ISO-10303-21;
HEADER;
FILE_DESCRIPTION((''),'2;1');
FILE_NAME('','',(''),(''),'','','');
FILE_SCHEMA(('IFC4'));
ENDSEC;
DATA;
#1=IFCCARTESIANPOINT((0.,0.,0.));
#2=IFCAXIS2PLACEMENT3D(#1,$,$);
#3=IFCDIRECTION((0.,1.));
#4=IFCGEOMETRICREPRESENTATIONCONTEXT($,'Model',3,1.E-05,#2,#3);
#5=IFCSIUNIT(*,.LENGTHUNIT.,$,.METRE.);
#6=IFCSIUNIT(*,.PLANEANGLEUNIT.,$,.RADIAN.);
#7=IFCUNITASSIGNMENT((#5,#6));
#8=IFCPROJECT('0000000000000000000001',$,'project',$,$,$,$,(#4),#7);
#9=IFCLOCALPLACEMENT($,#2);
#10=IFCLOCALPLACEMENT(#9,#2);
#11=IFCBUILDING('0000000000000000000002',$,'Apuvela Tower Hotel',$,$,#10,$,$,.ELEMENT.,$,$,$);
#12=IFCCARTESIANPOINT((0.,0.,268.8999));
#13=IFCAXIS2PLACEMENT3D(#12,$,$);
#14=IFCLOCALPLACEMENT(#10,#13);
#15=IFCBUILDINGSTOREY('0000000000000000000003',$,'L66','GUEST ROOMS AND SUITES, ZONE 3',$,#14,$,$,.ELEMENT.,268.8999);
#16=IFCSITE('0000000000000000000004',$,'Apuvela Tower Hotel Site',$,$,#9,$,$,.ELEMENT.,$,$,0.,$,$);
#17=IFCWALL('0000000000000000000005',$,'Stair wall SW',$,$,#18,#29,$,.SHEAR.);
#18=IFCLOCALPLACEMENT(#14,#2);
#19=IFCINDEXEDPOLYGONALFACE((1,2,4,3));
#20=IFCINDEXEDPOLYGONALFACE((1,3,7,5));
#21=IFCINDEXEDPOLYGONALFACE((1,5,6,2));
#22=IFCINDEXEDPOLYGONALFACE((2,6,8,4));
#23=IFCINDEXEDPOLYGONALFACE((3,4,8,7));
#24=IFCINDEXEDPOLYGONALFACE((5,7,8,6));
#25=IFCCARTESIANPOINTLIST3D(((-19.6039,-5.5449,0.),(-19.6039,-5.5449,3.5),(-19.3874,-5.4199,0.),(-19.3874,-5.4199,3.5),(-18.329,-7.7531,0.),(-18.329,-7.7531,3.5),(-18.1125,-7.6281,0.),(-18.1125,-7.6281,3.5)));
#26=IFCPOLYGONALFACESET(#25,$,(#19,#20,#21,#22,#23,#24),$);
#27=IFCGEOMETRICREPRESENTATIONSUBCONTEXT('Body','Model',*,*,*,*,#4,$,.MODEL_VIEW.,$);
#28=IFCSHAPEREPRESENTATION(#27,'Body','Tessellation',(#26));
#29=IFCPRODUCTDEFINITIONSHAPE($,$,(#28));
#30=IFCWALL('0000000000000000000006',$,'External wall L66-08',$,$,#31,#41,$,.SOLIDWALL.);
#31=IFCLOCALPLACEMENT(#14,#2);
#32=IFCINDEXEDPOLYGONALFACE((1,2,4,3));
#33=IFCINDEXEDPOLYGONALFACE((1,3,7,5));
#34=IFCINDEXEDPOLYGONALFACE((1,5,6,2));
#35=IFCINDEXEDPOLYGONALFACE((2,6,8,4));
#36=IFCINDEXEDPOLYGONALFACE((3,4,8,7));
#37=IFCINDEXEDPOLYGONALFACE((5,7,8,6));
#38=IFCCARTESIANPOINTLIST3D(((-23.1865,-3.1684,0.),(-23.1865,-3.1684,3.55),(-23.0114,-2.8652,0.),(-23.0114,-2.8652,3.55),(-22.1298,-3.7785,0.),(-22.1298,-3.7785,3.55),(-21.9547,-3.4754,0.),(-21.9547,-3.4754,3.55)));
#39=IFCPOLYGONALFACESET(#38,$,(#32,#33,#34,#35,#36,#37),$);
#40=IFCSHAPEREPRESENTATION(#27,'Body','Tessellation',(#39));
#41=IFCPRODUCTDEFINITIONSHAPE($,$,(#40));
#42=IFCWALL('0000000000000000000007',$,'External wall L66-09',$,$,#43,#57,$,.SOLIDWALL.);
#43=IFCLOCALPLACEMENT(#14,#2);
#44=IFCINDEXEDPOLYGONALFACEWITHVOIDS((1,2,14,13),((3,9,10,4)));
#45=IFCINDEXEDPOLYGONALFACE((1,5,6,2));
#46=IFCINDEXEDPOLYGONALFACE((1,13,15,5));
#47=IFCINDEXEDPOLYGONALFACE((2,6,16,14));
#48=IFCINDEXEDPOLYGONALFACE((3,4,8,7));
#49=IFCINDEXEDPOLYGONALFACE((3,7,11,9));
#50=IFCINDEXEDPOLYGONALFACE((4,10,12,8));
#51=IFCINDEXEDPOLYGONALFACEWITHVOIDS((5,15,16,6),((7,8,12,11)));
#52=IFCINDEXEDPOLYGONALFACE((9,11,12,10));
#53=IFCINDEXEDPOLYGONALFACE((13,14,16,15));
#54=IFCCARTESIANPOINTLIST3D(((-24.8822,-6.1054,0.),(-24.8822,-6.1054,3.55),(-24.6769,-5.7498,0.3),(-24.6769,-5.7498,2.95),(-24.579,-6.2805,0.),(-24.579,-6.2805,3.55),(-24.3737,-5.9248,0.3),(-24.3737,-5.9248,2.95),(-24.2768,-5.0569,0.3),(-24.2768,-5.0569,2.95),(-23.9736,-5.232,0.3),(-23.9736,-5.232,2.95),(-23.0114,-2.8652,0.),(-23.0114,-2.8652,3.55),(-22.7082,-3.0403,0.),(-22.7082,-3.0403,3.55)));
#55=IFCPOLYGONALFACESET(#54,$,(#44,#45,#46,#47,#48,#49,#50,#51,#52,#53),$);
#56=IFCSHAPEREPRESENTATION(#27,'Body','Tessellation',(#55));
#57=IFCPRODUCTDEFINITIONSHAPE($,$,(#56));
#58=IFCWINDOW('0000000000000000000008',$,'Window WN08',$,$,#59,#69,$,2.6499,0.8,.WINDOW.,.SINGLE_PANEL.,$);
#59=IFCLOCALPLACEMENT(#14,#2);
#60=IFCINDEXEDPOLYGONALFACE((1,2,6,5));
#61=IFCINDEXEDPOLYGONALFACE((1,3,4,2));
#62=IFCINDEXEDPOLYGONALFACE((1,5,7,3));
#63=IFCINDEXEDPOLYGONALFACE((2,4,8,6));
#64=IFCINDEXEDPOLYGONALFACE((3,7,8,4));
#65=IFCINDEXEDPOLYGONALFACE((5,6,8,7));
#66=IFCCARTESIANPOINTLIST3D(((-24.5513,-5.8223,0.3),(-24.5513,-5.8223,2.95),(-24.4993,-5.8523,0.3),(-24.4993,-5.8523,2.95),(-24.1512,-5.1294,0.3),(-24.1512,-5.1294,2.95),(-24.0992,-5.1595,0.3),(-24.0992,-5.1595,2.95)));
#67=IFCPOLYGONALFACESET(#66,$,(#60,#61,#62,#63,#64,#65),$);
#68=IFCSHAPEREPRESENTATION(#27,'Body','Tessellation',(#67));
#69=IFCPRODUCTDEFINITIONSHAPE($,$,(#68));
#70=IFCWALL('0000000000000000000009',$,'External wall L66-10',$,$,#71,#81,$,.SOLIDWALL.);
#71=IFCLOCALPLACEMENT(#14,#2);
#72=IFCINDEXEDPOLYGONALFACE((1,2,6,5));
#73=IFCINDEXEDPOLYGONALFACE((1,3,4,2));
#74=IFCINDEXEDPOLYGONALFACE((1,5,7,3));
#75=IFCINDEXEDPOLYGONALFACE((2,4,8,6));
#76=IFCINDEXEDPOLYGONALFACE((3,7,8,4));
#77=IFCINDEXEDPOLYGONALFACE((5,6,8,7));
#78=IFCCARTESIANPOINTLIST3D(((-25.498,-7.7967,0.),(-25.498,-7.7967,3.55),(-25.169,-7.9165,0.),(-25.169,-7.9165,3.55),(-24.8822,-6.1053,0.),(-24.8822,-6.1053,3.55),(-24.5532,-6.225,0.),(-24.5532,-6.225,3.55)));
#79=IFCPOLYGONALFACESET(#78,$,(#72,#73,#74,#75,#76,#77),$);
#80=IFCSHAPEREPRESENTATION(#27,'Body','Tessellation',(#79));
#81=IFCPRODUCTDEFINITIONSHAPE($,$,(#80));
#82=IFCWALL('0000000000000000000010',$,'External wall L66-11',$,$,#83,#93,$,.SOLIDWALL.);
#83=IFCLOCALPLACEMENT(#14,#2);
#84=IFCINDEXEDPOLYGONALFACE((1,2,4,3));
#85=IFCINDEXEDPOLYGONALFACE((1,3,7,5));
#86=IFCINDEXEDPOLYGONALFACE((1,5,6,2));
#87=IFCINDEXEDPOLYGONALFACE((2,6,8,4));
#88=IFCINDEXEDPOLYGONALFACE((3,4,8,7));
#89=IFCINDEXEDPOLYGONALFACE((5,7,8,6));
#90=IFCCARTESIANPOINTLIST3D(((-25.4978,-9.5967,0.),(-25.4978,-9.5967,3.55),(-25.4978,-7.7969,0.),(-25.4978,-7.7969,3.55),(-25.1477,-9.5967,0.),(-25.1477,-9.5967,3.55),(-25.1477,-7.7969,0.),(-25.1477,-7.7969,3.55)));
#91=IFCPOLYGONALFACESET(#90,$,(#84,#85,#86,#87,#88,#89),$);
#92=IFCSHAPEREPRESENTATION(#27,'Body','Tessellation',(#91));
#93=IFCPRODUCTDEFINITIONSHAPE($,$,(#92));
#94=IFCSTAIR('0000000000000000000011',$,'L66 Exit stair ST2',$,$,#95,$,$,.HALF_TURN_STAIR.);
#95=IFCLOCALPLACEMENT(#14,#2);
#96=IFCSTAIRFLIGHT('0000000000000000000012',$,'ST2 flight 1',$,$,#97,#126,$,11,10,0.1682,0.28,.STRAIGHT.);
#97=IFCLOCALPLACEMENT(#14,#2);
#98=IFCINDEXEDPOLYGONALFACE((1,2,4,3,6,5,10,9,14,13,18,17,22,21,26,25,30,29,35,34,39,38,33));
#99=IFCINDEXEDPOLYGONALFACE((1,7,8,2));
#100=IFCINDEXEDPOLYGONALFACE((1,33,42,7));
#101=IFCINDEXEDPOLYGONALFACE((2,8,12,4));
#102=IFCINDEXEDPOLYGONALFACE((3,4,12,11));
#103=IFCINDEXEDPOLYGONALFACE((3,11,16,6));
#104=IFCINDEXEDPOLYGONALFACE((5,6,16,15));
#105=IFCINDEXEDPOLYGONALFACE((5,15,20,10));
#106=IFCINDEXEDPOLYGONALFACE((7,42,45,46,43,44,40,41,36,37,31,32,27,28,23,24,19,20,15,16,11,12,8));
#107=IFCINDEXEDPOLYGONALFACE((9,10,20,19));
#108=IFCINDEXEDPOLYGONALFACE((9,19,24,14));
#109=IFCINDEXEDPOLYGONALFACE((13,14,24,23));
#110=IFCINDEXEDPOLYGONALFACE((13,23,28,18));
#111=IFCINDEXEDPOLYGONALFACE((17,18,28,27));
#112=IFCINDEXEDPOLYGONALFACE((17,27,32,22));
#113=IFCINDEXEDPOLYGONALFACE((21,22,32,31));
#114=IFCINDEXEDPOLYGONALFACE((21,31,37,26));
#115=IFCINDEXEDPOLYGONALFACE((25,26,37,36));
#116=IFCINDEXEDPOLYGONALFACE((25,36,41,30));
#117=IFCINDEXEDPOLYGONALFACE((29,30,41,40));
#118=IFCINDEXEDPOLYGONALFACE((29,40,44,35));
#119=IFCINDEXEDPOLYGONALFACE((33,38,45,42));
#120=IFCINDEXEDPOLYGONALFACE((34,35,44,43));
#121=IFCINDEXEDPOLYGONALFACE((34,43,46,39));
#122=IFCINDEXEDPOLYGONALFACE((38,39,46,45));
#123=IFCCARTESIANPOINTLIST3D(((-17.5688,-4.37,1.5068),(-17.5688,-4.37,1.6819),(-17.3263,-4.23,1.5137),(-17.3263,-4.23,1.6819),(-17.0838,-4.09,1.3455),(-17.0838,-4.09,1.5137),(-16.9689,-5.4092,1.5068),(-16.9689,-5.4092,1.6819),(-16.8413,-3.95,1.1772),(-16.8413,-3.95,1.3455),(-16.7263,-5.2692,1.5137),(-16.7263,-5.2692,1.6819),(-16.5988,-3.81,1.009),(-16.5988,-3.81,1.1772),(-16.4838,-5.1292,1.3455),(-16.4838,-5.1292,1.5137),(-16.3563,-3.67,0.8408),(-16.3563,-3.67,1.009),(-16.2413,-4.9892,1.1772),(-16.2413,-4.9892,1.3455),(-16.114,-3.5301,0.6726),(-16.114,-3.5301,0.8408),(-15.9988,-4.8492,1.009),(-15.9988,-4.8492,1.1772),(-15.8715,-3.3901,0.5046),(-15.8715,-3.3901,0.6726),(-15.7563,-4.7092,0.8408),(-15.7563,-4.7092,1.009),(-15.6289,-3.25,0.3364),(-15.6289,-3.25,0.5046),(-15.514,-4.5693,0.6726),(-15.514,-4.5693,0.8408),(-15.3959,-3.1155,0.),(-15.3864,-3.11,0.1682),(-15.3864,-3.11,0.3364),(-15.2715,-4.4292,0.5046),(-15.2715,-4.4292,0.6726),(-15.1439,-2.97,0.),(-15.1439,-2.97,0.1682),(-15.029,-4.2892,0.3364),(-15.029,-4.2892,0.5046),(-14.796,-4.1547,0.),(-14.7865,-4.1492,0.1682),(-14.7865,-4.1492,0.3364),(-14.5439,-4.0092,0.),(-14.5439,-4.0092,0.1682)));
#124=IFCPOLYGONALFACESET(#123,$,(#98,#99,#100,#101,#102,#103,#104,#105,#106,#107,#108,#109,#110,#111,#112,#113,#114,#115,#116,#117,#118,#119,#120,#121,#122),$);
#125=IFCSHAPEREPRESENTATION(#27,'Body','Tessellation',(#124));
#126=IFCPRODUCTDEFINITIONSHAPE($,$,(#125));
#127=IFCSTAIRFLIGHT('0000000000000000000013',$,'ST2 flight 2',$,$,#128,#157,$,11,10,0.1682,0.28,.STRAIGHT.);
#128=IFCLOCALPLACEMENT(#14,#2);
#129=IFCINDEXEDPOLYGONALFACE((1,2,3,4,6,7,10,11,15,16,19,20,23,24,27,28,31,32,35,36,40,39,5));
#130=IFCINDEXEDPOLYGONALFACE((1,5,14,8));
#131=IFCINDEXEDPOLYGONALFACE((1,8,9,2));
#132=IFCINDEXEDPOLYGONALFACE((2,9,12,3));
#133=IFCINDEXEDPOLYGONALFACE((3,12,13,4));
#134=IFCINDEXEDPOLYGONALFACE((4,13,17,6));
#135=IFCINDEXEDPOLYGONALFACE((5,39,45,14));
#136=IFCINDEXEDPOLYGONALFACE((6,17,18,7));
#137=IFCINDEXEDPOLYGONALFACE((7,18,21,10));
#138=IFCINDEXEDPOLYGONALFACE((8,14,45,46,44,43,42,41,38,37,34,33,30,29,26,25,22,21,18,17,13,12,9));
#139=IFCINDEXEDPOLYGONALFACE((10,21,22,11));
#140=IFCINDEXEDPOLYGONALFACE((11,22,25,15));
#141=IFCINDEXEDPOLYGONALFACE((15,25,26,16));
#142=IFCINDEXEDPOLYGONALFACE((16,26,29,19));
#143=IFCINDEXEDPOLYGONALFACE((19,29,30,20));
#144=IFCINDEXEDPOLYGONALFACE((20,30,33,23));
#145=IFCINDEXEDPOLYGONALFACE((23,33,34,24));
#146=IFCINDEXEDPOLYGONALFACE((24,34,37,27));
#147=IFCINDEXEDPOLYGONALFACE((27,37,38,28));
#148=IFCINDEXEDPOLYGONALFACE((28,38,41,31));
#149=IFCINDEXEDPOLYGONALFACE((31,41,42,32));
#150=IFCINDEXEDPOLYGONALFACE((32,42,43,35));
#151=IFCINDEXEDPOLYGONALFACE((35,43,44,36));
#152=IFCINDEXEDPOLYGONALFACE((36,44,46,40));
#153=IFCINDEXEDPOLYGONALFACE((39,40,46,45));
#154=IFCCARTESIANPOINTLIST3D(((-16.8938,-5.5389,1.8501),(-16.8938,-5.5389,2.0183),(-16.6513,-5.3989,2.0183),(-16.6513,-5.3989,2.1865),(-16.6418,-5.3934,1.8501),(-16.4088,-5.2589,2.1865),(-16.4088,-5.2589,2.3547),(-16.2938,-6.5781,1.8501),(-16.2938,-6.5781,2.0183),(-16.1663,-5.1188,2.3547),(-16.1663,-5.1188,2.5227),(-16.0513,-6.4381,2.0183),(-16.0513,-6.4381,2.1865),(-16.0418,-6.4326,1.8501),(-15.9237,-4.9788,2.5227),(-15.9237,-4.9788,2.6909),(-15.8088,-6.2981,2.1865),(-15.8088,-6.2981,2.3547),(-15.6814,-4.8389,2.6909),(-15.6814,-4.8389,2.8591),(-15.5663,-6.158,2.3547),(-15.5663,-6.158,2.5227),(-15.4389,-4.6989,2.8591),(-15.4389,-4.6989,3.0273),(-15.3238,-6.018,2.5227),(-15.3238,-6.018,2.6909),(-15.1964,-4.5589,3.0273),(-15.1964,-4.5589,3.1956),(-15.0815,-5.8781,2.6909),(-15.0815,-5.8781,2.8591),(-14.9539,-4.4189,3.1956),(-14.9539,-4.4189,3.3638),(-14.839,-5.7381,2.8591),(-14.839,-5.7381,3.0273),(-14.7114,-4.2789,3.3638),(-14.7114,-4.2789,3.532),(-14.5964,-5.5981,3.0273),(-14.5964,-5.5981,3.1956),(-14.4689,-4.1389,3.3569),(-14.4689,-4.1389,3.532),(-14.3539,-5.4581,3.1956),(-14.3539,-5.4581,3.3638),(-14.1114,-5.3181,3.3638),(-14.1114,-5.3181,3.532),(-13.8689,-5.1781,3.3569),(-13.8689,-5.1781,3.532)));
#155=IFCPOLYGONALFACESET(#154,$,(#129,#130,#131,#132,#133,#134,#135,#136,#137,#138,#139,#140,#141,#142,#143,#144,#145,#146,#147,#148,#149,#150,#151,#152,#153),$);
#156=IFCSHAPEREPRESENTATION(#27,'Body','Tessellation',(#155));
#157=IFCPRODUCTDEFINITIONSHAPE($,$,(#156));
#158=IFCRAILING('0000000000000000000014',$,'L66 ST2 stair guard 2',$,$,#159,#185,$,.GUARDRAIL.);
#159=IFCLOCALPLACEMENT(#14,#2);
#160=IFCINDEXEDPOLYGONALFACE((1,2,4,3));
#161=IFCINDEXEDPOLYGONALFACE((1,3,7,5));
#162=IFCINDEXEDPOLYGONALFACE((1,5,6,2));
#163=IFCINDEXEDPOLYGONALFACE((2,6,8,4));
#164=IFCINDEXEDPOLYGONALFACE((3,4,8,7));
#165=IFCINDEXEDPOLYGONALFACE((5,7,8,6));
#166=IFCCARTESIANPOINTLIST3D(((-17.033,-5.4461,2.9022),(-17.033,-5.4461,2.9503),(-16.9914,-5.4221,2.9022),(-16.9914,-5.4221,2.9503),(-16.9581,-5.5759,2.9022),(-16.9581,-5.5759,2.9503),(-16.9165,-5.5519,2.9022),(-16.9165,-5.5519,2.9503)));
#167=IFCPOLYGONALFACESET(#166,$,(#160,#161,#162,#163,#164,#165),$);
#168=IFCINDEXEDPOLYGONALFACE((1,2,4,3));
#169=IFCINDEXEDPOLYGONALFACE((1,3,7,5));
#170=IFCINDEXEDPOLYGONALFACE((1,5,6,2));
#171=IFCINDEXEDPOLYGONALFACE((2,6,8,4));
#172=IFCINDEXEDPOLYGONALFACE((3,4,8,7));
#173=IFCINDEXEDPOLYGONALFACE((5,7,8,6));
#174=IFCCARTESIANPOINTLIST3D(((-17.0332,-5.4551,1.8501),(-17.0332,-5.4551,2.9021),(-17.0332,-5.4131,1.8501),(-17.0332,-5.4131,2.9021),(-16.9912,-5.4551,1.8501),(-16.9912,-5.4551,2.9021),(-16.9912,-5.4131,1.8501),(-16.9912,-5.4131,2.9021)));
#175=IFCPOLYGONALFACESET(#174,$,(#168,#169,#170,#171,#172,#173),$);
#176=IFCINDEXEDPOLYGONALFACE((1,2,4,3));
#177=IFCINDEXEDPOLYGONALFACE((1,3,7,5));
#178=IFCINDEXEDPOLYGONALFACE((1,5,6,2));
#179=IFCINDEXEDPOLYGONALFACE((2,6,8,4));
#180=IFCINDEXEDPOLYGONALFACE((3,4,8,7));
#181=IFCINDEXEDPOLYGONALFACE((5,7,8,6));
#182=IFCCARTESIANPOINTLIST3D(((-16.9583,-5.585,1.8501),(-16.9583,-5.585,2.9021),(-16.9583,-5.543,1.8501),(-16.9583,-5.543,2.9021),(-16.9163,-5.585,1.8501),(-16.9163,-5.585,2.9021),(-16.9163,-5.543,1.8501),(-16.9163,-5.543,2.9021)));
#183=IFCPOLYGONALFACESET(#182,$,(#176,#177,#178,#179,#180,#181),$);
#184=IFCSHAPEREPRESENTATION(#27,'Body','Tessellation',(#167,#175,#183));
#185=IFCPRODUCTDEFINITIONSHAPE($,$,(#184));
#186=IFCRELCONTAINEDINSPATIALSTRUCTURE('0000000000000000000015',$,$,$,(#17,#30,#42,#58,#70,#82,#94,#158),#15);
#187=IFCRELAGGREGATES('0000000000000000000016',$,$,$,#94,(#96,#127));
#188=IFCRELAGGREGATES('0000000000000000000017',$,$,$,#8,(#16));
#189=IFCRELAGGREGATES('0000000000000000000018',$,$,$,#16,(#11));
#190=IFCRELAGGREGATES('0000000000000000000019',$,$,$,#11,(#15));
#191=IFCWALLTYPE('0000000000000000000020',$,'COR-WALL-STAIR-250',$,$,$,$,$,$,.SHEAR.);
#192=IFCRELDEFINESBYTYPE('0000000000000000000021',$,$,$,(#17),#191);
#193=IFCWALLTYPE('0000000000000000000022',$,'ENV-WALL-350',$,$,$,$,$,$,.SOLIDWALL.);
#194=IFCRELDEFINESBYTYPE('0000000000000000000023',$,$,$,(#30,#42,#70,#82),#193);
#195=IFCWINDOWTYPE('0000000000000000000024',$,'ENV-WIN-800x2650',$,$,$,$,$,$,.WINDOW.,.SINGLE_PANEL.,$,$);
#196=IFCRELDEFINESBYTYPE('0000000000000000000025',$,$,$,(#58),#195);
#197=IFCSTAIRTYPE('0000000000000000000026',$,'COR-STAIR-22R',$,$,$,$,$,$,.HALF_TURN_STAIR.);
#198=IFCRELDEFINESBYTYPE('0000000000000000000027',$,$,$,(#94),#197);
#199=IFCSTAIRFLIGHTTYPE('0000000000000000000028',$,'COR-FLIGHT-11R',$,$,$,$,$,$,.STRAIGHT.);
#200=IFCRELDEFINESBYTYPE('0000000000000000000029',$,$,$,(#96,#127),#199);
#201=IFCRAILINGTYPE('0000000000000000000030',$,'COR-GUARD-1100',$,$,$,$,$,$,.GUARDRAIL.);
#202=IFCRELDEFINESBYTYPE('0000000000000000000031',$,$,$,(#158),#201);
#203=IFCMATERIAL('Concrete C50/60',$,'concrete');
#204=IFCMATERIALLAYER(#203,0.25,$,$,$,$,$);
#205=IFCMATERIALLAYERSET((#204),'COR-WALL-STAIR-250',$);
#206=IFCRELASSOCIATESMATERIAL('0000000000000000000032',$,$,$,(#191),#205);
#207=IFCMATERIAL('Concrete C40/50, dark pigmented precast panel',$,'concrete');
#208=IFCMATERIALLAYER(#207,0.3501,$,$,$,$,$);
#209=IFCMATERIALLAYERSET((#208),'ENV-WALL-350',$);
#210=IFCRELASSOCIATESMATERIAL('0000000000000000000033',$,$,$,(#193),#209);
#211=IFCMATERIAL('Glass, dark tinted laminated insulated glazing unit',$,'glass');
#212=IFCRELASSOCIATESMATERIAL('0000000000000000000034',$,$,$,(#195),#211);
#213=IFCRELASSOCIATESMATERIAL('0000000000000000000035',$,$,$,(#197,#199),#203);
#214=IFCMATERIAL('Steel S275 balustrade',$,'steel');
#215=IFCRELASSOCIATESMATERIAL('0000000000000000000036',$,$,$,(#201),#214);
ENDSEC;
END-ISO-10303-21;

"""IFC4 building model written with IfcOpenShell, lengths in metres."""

from ifc_helpers import new_model, si_unit, direction, frame, frame_2d, origin, origin_2d, place, context, subcontext, project, spatial, polyline, rectangle, outline, extrude, material, layer, layer_set, type_object, element, fill, aggregate, save


model = new_model("IFC4")

# Units and contexts
model_context = context("Model", 3, precision=1e-05, world=origin(), true_north=direction((0.0, 1.0)))
body_context = subcontext(model_context, "Body", "Model", "MODEL_VIEW")
ifc_project = project(units=[si_unit("LENGTHUNIT", "METRE"), si_unit("PLANEANGLEUNIT", "RADIAN")], contexts=[model_context])

# Site, building, storey
site_placement = place(None, origin())
site = spatial("IfcSite", under=ifc_project, at=site_placement, Name="Apuvela Tower Hotel Site", CompositionType="ELEMENT", RefElevation=0.0)
building_placement = place(site_placement, origin())
building = spatial("IfcBuilding", under=site, at=building_placement, Name="Apuvela Tower Hotel", CompositionType="ELEMENT")
storey_placement = place(building_placement, frame((0.0, 0.0, 268.8999)))
storey = spatial("IfcBuildingStorey", under=building, at=storey_placement, Name="L66", Description="GUEST ROOMS AND SUITES, ZONE 3", CompositionType="ELEMENT", Elevation=268.8999)

# Walls
ifc_material_1 = material(Name="Concrete C50/60", Category="concrete")
ifc_layer_1 = layer(ifc_material_1, 0.25)
ifc_layer_set_1 = layer_set([ifc_layer_1], Name="COR-WALL-STAIR-250")
wall_type_1 = type_object("IfcWallType", Name="COR-WALL-STAIR-250", PredefinedType="SHEAR", material=ifc_layer_set_1)
wall_1_placement = place(storey_placement, frame((-19.4956, -5.4824, 0.0), z_axis=(0.0, 0.0, 1.0), x_axis=(0.49999, -0.866031, 0.0)))
element("IfcWall", 1, at=wall_1_placement, inside=storey, type_object=wall_type_1, Name="Stair wall SW", PredefinedType="SHEAR", context=body_context, shape_type="SweptSolid", body=[
    extrude(rectangle(XDim=2.5498, YDim=0.25, at=frame_2d((1.2749, 0.0))), origin(), (0.0, 0.0, 1.0), 3.5),
])
ifc_material_2 = material(Name="Concrete C40/50, dark pigmented precast panel", Category="concrete")
ifc_layer_2 = layer(ifc_material_2, 0.3501)
ifc_layer_set_2 = layer_set([ifc_layer_2], Name="ENV-WALL-350")
wall_type_2 = type_object("IfcWallType", Name="ENV-WALL-350", PredefinedType="SOLIDWALL", material=ifc_layer_set_2)
wall_2_placement = place(storey_placement, frame((-22.0422, -3.627, 0.0), z_axis=(0.0, 0.0, 1.0), x_axis=(-0.866006, 0.500034, 0.0)))
element("IfcWall", 2, at=wall_2_placement, inside=storey, type_object=wall_type_2, Name="External wall L66-08", PredefinedType="SOLIDWALL", context=body_context, shape_type="SweptSolid", body=[
    extrude(rectangle(XDim=1.2202, YDim=0.3501, at=frame_2d((0.6101, 0.0))), origin(), (0.0, 0.0, 1.0), 3.55),
])

# Wall, opening, window
wall_3_placement = place(storey_placement, frame((-22.8599, -2.9529, 0.0), z_axis=(0.0, 0.0, 1.0), x_axis=(-0.50002, -0.866014, 0.0)))
wall_3 = element("IfcWall", 3, at=wall_3_placement, inside=storey, type_object=wall_type_2, Name="External wall L66-09", PredefinedType="SOLIDWALL", context=body_context, shape_type="SweptSolid", body=[
    extrude(rectangle(XDim=3.7415, YDim=0.3501, at=frame_2d((1.8706, 0.0))), origin(), (0.0, 0.0, 1.0), 3.55),
])
opening_1_placement = place(wall_3_placement, frame((2.5308, 0.0, 0.3)))
opening_1 = element("IfcOpeningElement", 4, at=opening_1_placement, cuts=wall_3, PredefinedType="OPENING", context=body_context, shape_type="SweptSolid", body=[
    extrude(rectangle(XDim=0.8, YDim=2.6499, at=frame_2d((0.3999, 1.325))), frame((0.0, 0.1851, 0.0), z_axis=(0.0, -1.0, 0.0), x_axis=(1.0, 0.0, 0.0)), (0.0, 0.0, 1.0), 0.3701),
])
ifc_material_3 = material(Name="Glass, dark tinted laminated insulated glazing unit", Category="glass")
window_type = type_object("IfcWindowType", Name="ENV-WIN-800x2650", PartitioningType="SINGLE_PANEL", PredefinedType="WINDOW", material=ifc_material_3)
window_placement = place(opening_1_placement, origin())
window = element("IfcWindow", 5, at=window_placement, inside=storey, type_object=window_type, Name="Window WN08", OverallHeight=2.6499, OverallWidth=0.8, PartitioningType="SINGLE_PANEL", PredefinedType="WINDOW", context=body_context, shape_type="SweptSolid", body=[
    extrude(rectangle(XDim=0.8, YDim=2.6499, at=frame_2d((0.3999, 1.325))), frame((0.0, 0.03, 0.0), z_axis=(0.0, -1.0, 0.0), x_axis=(1.0, 0.0, 0.0)), (0.0, 0.0, 1.0), 0.0601),
])
fill(opening_1, window)

# Walls
wall_4_placement = place(storey_placement, frame((-24.7178, -6.1653, 0.0), z_axis=(0.0, 0.0, 1.0), x_axis=(-0.34207, -0.939675, 0.0)))
element("IfcWall", 6, at=wall_4_placement, inside=storey, type_object=wall_type_2, Name="External wall L66-10", PredefinedType="SOLIDWALL", context=body_context, shape_type="SweptSolid", body=[
    extrude(rectangle(XDim=1.8, YDim=0.3501, at=frame_2d((0.8999, 0.0))), origin(), (0.0, 0.0, 1.0), 3.55),
])
wall_5_placement = place(storey_placement, frame((-25.3228, -7.7969, 0.0), z_axis=(0.0, 0.0, 1.0), x_axis=(0.0, -1.0, 0.0)))
element("IfcWall", 7, at=wall_5_placement, inside=storey, type_object=wall_type_2, Name="External wall L66-11", PredefinedType="SOLIDWALL", context=body_context, shape_type="SweptSolid", body=[
    extrude(rectangle(XDim=1.7998, YDim=0.3501, at=frame_2d((0.8999, 0.0))), origin(), (0.0, 0.0, 1.0), 3.55),
])

# Stair, stair flights
stair_type = type_object("IfcStairType", Name="COR-STAIR-22R", PredefinedType="HALF_TURN_STAIR", material=ifc_material_1)
stair_placement = place(storey_placement, origin())
stair = element("IfcStair", 8, at=stair_placement, inside=storey, type_object=stair_type, Name="L66 Exit stair ST2", PredefinedType="HALF_TURN_STAIR")
stair_flight_type = type_object("IfcStairFlightType", Name="COR-FLIGHT-11R", PredefinedType="STRAIGHT", material=ifc_material_1)
stair_flight_1_placement = place(storey_placement, frame((-14.844, -3.4895, 0.0), z_axis=(0.0, 0.0, 1.0), x_axis=(-0.866025, -0.5, 0.0)))
stair_flight_1 = element("IfcStairFlight", 9, at=stair_flight_1_placement, type_object=stair_flight_type, Name="ST2 flight 1", NumberOfRisers=11, NumberOfTreads=10, PredefinedType="STRAIGHT", RiserHeight=0.1682, TreadLength=0.28, context=body_context, shape_type="SweptSolid", body=[
    extrude(outline(polyline([(0.0, 0.0), (0.0, 0.1682), (0.28, 0.1682), (0.28, 0.3364), (0.5601, 0.3364), (0.5601, 0.5046), (0.8401, 0.5046), (0.8401, 0.6726), (1.1201, 0.6726), (1.1201, 0.8408), (1.3999, 0.8408), (1.3999, 1.009), (1.6799, 1.009), (1.6799, 1.1772), (1.96, 1.1772), (1.96, 1.3455), (2.24, 1.3455), (2.24, 1.5137), (2.52, 1.5137), (2.52, 1.6819), (2.8, 1.6819), (2.8, 1.8501), (2.8, 1.5068), (0.291, 0.0), (0.0, 0.0)])), frame((0.0, 0.6001, 0.0), z_axis=(0.0, -1.0, 0.0), x_axis=(1.0, 0.0, 0.0)), (0.0, 0.0, 1.0), 1.2),
])
stair_flight_2_placement = place(storey_placement, frame((-16.5938, -6.0586, 1.8501), z_axis=(0.0, 0.0, 1.0), x_axis=(0.866025, 0.5, 0.0)))
stair_flight_2 = element("IfcStairFlight", 10, at=stair_flight_2_placement, type_object=stair_flight_type, Name="ST2 flight 2", NumberOfRisers=11, NumberOfTreads=10, PredefinedType="STRAIGHT", RiserHeight=0.1682, TreadLength=0.28, context=body_context, shape_type="SweptSolid", body=[
    extrude(outline(polyline([(0.0, 0.0), (0.0, 0.1682), (0.28, 0.1682), (0.28, 0.3364), (0.5601, 0.3364), (0.5601, 0.5046), (0.8401, 0.5046), (0.8401, 0.6726), (1.1201, 0.6726), (1.1201, 0.8408), (1.3999, 0.8408), (1.3999, 1.009), (1.6799, 1.009), (1.6799, 1.1772), (1.96, 1.1772), (1.96, 1.3455), (2.24, 1.3455), (2.24, 1.5137), (2.52, 1.5137), (2.52, 1.6819), (2.8, 1.6819), (2.8, 1.8501), (2.8, 1.5068), (0.291, 0.0), (0.0, 0.0)])), frame((0.0, 0.6001, 0.0), z_axis=(0.0, -1.0, 0.0), x_axis=(1.0, 0.0, 0.0)), (0.0, 0.0, 1.0), 1.2),
])
aggregate(stair, [stair_flight_1, stair_flight_2])

# Railing
ifc_material_4 = material(Name="Steel S275 balustrade", Category="steel")
railing_type_1 = type_object("IfcRailingType", Name="COR-GUARD-1100", PredefinedType="GUARDRAIL", material=ifc_material_4)
railing_1_placement = place(storey_placement, frame((-17.0122, -5.4341, 1.8501)))
element("IfcRailing", 11, at=railing_1_placement, inside=storey, type_object=railing_type_1, Name="L66 ST2 stair guard 2", PredefinedType="GUARDRAIL", context=body_context, shape_type="SweptSolid", body=[
    extrude(rectangle(XDim=0.0481, YDim=0.0481, at=origin_2d()), frame((0.0, 0.0, 1.0762), z_axis=(0.499816, -0.866131, 0.0), x_axis=(0.866131, 0.499816, 0.0)), (0.0, 0.0, 1.0), 0.1499),
    extrude(rectangle(XDim=0.042, YDim=0.042, at=origin_2d()), origin(), (0.0, 0.0, 1.0), 1.052),
    extrude(rectangle(XDim=0.042, YDim=0.042, at=origin_2d()), frame((0.075, -0.1299, 0.0)), (0.0, 0.0, 1.0), 1.052),
])

save(model, "model.ifc")
